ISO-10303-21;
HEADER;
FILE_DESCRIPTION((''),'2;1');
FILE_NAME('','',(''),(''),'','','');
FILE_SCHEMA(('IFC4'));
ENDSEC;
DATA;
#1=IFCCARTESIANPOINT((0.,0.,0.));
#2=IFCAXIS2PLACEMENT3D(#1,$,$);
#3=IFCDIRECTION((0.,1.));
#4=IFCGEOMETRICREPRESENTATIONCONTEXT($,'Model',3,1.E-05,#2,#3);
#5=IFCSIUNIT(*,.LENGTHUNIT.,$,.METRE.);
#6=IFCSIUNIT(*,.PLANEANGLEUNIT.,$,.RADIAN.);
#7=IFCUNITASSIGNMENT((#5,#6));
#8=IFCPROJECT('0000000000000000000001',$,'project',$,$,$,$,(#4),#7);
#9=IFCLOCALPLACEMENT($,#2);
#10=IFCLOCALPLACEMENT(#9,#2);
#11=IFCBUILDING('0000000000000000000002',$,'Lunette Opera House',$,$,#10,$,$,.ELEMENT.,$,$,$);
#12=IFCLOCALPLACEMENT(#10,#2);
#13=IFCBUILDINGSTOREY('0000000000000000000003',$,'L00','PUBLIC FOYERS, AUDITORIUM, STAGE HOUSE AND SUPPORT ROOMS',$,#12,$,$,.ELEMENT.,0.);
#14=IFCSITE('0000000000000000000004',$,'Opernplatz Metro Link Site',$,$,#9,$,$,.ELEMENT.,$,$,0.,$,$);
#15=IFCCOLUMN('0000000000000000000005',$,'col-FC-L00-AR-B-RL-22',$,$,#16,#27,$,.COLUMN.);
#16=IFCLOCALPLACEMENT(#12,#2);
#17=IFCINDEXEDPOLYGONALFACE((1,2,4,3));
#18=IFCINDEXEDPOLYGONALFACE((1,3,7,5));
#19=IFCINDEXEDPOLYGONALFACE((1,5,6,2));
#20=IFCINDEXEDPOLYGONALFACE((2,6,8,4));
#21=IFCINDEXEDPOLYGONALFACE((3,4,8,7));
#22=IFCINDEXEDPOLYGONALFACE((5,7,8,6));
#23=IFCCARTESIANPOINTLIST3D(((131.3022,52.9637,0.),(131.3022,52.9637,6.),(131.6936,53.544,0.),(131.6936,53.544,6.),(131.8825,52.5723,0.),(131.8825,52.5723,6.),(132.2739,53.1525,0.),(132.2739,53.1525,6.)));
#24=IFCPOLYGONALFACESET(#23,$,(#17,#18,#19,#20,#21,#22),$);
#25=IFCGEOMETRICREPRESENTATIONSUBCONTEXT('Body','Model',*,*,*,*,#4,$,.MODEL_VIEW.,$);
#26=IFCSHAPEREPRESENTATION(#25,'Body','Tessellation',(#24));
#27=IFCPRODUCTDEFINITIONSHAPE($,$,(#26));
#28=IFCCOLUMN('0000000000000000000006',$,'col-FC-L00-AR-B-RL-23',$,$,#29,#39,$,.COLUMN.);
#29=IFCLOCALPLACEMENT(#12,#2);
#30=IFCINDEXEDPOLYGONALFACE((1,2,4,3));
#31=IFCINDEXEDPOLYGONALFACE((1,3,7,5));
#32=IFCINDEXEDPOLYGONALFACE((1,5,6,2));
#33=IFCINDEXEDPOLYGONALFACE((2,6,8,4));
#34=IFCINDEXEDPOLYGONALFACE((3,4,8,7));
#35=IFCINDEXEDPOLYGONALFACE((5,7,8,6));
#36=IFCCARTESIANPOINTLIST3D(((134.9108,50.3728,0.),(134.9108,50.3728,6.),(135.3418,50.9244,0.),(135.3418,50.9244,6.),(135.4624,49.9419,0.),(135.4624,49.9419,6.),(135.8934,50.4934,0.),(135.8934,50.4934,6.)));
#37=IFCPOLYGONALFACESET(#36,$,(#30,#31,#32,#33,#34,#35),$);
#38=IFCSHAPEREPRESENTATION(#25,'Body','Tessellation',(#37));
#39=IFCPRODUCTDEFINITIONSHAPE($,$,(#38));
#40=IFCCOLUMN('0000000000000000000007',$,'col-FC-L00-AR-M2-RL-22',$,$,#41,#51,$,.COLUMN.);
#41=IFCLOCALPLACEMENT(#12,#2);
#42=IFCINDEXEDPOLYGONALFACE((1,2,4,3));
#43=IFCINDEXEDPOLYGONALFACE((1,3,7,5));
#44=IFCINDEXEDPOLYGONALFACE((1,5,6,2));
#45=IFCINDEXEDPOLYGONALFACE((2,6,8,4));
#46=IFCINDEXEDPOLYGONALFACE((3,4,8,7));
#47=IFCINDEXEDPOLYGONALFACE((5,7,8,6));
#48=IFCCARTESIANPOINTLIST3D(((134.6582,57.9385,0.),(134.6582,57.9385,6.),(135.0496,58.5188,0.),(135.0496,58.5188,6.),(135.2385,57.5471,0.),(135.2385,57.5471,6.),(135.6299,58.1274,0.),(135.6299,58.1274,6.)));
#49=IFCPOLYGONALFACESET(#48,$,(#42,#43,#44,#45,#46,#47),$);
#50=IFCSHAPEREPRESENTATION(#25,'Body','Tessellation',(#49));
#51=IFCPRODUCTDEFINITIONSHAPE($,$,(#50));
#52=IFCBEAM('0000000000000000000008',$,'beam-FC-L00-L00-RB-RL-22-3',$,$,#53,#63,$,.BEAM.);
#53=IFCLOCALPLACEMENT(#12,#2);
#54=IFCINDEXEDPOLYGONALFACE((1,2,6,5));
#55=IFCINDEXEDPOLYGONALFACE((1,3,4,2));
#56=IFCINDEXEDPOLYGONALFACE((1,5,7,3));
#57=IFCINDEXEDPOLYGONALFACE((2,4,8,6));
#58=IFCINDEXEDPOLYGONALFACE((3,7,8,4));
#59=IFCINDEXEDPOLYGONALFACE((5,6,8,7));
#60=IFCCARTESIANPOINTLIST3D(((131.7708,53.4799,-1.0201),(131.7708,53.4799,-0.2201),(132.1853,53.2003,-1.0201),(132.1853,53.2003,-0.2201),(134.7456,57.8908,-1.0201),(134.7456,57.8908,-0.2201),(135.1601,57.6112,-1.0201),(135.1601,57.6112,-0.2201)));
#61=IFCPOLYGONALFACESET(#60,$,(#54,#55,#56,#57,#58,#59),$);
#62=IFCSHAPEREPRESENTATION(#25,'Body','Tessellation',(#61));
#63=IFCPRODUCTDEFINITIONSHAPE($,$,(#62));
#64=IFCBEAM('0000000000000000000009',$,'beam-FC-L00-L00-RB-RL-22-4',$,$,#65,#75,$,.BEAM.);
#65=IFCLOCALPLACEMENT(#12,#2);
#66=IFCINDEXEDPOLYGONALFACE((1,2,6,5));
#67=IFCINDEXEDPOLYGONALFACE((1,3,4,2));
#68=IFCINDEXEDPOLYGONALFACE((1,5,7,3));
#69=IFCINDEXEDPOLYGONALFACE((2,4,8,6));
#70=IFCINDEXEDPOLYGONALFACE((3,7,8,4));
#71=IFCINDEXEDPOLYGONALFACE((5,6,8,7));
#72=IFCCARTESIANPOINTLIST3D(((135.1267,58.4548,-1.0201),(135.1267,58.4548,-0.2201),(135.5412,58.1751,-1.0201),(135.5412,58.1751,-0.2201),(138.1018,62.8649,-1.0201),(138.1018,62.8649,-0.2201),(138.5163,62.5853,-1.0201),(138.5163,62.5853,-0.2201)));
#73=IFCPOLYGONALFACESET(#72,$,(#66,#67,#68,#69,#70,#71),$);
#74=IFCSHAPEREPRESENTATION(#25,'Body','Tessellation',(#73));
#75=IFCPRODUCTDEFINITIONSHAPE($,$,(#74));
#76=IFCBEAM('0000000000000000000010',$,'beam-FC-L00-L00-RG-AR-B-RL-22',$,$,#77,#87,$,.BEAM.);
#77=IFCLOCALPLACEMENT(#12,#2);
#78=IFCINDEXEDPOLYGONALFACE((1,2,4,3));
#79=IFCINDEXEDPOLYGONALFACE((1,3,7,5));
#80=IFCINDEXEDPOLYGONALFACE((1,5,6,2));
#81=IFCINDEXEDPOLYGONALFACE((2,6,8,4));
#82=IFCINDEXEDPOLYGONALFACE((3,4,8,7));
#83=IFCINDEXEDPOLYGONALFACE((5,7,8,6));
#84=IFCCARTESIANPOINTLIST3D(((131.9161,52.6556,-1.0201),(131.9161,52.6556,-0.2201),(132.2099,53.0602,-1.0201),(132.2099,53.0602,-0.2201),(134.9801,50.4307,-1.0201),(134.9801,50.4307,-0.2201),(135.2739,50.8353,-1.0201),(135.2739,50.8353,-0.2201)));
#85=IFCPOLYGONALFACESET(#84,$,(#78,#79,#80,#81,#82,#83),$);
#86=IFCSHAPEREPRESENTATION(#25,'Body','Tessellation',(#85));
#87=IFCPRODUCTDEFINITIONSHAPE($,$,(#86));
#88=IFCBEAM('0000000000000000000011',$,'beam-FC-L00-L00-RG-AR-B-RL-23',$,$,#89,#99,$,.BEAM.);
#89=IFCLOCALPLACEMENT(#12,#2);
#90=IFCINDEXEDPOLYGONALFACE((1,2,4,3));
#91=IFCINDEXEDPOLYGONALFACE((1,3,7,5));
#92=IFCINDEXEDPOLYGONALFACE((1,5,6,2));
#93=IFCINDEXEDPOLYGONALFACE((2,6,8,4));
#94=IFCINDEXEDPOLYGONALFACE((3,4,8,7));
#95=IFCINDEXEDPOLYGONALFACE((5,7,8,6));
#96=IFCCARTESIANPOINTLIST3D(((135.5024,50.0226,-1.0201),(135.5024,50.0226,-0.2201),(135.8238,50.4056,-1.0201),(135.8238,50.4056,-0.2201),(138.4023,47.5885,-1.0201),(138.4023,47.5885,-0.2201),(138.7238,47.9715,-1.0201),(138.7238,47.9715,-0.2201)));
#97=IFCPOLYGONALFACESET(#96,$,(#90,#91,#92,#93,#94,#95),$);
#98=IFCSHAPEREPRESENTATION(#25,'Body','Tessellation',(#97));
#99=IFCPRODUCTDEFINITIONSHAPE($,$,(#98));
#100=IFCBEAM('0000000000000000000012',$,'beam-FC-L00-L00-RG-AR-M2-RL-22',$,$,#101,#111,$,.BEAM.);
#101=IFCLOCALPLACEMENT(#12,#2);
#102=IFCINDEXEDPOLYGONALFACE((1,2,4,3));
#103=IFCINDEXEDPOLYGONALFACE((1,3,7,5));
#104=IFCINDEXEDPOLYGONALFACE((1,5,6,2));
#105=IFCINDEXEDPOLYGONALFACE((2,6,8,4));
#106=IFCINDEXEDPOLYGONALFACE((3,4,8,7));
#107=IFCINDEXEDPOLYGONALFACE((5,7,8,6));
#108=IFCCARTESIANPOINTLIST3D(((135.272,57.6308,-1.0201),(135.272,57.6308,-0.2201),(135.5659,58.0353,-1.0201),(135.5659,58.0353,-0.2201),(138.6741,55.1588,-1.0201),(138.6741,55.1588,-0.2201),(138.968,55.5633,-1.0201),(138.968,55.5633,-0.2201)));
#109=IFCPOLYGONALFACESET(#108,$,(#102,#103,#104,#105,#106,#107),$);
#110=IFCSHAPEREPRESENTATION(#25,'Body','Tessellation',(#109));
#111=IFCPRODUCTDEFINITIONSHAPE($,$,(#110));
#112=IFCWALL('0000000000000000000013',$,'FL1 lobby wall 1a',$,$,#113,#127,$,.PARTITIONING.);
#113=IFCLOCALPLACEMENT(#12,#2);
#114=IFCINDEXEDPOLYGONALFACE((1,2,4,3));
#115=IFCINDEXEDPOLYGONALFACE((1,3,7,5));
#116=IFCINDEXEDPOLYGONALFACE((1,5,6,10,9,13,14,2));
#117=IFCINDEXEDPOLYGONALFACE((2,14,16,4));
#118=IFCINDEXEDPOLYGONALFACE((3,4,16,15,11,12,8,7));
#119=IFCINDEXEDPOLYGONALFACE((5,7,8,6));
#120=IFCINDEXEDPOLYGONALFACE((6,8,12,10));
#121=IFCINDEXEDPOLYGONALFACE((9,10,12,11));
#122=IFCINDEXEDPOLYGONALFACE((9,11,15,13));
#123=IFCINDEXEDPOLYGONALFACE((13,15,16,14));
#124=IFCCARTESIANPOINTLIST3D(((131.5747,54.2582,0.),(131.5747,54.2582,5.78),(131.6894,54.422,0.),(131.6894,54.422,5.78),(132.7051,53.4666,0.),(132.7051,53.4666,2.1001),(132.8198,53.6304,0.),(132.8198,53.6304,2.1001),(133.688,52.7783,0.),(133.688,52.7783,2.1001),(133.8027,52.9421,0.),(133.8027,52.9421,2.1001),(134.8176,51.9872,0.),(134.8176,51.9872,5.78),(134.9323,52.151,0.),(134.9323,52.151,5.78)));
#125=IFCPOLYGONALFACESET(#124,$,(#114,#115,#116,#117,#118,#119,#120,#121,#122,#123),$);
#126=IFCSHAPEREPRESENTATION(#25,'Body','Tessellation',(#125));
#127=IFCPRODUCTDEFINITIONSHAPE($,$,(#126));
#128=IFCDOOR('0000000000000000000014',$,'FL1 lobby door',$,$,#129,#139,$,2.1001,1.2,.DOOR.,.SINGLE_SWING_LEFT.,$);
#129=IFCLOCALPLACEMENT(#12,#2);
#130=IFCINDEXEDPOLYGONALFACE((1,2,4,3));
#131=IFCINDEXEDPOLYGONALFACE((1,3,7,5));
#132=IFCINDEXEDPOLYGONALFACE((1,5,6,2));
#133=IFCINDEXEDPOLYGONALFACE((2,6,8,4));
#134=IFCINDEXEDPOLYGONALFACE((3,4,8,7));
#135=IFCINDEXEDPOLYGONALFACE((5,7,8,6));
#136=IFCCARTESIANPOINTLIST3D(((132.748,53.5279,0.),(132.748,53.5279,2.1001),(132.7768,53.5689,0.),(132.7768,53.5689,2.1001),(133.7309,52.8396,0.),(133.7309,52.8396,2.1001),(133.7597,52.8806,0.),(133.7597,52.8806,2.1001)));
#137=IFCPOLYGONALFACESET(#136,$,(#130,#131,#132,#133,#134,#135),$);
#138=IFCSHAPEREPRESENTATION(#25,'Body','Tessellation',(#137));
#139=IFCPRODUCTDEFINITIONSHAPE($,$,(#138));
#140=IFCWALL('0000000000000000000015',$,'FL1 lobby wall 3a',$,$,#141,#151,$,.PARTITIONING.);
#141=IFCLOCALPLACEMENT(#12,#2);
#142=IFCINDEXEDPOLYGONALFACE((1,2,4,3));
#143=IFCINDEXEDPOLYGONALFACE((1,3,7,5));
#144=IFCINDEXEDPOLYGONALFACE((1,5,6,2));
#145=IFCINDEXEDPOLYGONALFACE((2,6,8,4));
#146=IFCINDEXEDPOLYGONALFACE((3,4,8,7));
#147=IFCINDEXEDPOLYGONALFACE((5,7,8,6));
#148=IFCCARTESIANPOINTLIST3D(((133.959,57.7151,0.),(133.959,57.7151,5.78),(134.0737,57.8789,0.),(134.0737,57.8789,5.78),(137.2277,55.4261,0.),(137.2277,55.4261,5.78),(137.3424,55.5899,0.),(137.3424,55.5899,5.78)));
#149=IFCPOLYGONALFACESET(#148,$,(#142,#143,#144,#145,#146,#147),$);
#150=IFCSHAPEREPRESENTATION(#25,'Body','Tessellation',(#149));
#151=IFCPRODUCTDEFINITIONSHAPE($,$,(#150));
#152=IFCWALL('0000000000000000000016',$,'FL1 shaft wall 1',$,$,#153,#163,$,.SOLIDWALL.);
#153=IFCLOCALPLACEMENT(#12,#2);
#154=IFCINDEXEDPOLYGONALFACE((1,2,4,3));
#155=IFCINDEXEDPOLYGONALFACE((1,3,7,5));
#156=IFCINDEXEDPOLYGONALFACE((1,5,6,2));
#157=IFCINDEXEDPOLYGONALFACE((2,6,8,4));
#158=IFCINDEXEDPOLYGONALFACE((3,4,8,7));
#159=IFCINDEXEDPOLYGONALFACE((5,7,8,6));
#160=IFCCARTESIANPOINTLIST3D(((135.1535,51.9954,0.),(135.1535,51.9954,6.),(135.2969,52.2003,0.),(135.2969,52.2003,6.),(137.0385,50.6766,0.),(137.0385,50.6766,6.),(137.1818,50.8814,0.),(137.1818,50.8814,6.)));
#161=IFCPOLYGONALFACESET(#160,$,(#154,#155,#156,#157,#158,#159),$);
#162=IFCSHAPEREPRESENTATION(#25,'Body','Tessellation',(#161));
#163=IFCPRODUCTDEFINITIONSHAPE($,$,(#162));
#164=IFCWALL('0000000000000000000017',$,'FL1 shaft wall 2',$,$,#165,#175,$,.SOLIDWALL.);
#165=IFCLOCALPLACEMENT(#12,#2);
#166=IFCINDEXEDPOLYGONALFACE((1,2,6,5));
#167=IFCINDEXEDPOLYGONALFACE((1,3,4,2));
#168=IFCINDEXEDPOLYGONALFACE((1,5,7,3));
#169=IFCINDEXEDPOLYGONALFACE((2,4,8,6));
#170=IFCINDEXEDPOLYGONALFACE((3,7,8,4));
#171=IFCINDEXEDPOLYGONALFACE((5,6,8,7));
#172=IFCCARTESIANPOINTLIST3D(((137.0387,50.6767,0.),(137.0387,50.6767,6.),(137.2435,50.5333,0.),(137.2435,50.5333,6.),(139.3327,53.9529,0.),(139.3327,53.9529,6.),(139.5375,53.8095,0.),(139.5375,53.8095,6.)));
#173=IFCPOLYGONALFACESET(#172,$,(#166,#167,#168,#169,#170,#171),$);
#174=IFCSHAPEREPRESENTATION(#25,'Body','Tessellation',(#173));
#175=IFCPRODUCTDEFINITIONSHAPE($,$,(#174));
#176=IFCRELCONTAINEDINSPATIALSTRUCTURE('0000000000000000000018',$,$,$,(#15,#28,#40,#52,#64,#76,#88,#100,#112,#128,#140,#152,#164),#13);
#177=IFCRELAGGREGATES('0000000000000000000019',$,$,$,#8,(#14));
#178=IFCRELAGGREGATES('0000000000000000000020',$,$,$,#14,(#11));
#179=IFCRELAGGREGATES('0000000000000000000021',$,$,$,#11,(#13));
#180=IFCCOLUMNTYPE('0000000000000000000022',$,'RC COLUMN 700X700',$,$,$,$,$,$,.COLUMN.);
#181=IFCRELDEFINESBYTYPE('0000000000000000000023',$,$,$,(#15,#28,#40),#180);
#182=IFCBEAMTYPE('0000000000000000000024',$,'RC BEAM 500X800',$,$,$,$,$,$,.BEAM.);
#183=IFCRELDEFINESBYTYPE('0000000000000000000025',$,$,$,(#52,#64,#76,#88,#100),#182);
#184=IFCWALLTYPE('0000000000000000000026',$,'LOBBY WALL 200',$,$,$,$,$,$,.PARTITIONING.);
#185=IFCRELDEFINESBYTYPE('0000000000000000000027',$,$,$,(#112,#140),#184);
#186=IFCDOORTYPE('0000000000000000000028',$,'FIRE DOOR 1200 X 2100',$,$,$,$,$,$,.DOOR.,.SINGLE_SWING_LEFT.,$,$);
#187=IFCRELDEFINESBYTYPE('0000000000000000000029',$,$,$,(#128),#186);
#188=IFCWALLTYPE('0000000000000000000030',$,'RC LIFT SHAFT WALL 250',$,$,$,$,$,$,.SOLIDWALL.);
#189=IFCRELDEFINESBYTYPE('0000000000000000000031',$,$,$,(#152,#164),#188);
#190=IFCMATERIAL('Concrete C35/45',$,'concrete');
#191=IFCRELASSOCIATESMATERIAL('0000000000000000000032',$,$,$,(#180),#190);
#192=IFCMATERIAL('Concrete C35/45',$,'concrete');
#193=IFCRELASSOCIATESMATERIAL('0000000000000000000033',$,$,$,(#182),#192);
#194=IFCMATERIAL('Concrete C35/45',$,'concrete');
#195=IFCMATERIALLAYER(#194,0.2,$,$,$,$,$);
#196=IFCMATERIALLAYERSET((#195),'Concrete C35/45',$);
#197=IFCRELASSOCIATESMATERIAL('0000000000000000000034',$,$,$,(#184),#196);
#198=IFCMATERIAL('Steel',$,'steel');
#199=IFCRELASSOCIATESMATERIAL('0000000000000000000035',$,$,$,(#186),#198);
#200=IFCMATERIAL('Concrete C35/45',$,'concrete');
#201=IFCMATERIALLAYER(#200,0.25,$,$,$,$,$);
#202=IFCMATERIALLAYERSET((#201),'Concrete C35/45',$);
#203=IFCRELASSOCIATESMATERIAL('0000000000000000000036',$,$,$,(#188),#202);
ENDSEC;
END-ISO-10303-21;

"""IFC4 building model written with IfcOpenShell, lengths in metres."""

from ifc_helpers import new_model, si_unit, direction, frame, frame_2d, origin, origin_2d, place, context, subcontext, project, spatial, rectangle, extrude, material, layer, layer_set, material_profile, profile_set, type_object, element, fill, save


model = new_model("IFC4")

# Units and contexts
model_context = context("Model", 3, precision=1e-05, world=origin(), true_north=direction((0.0, 1.0)))
body_context = subcontext(model_context, "Body", "Model", "MODEL_VIEW")
ifc_project = project(units=[si_unit("LENGTHUNIT", "METRE"), si_unit("PLANEANGLEUNIT", "RADIAN")], contexts=[model_context])

# Site, building, storey
site_placement = place(None, origin())
site = spatial("IfcSite", under=ifc_project, at=site_placement, Name="Opernplatz Metro Link Site", CompositionType="ELEMENT", RefElevation=0.0)
building_placement = place(site_placement, origin())
building = spatial("IfcBuilding", under=site, at=building_placement, Name="Lunette Opera House", CompositionType="ELEMENT")
storey_placement = place(building_placement, origin())
storey = spatial("IfcBuildingStorey", under=building, at=storey_placement, Name="L00", Description="PUBLIC FOYERS, AUDITORIUM, STAGE HOUSE AND SUPPORT ROOMS", CompositionType="ELEMENT", Elevation=0.0)

# Columns
ifc_material_1 = material(Name="Concrete C35/45", Category="concrete")
ifc_material_profile_1 = material_profile(ifc_material_1, rectangle(XDim=0.7, YDim=0.7, at=origin_2d()), Name="RC COLUMN 700X700")
ifc_profile_set_1 = profile_set([ifc_material_profile_1], Name="Concrete C35/45")
column_type = type_object("IfcColumnType", Name="RC COLUMN 700X700", PredefinedType="COLUMN", material=ifc_profile_set_1)
for number, where, z_axis, x_axis, name in (
    (1, (131.7881, 53.0581, 0.0), (0.0, 0.0, 1.0), (0.829038, -0.559193, 0.0), "col-FC-L00-AR-B-RL-22"),
    (2, (135.4021, 50.4331, 0.0), (0.0, 0.0, 1.0), (0.788011, -0.615661, 0.0), "col-FC-L00-AR-B-RL-23"),
    (3, (135.144, 58.033, 0.0), (0.0, 0.0, 1.0), (0.829038, -0.559193, 0.0), "col-FC-L00-AR-M2-RL-22"),
):
    element("IfcColumn", number, at=place(storey_placement, frame(where, z_axis=z_axis, x_axis=x_axis)), inside=storey, type_object=column_type, Name=name, PredefinedType="COLUMN", context=body_context, shape_type="SweptSolid", body=[
        extrude(rectangle(XDim=0.7, YDim=0.7, at=origin_2d()), origin(), (0.0, 0.0, 1.0), 6.0),
    ])

# Beams
ifc_material_2 = material(Name="Concrete C35/45", Category="concrete")
ifc_material_profile_2 = material_profile(ifc_material_2, rectangle(XDim=0.5, YDim=0.8, at=origin_2d()), Name="RC BEAM 500X800")
ifc_profile_set_2 = profile_set([ifc_material_profile_2], Name="Concrete C35/45")
beam_type = type_object("IfcBeamType", Name="RC BEAM 500X800", PredefinedType="BEAM", material=ifc_profile_set_2)
beam_1_placement = place(storey_placement, frame((131.978, 53.3401, -0.6201), z_axis=(0.55915, 0.829066, 0.0), x_axis=(-0.829066, 0.55915, 0.0)))
element("IfcBeam", 4, at=beam_1_placement, inside=storey, type_object=beam_type, Name="beam-FC-L00-L00-RB-RL-22-3", PredefinedType="BEAM", context=body_context, shape_type="SweptSolid", body=[
    extrude(rectangle(XDim=0.5, YDim=0.8, at=origin_2d()), origin(), (0.0, 0.0, 1.0), 5.3203),
])
beam_2_placement = place(storey_placement, frame((135.334, 58.3149, -0.6201), z_axis=(0.559246, 0.829002, 0.0), x_axis=(-0.829002, 0.559246, 0.0)))
element("IfcBeam", 5, at=beam_2_placement, inside=storey, type_object=beam_type, Name="beam-FC-L00-L00-RB-RL-22-4", PredefinedType="BEAM", context=body_context, shape_type="SweptSolid", body=[
    extrude(rectangle(XDim=0.5, YDim=0.8, at=origin_2d()), origin(), (0.0, 0.0, 1.0), 5.3198),
])
beam_3_placement = place(storey_placement, frame((132.063, 52.8579, -0.6201), z_axis=(0.809174, -0.58757, 0.0), x_axis=(0.58757, 0.809174, 0.0)))
element("IfcBeam", 6, at=beam_3_placement, inside=storey, type_object=beam_type, Name="beam-FC-L00-L00-RG-AR-B-RL-22", PredefinedType="BEAM", context=body_context, shape_type="SweptSolid", body=[
    extrude(rectangle(XDim=0.5, YDim=0.8, at=origin_2d()), origin(), (0.0, 0.0, 1.0), 3.7866),
])
beam_4_placement = place(storey_placement, frame((135.6631, 50.2141, -0.6201), z_axis=(0.765944, -0.642908, 0.0), x_axis=(0.642908, 0.765944, 0.0)))
element("IfcBeam", 7, at=beam_4_placement, inside=storey, type_object=beam_type, Name="beam-FC-L00-L00-RG-AR-B-RL-23", PredefinedType="BEAM", context=body_context, shape_type="SweptSolid", body=[
    extrude(rectangle(XDim=0.5, YDim=0.8, at=origin_2d()), origin(), (0.0, 0.0, 1.0), 3.7861),
])
beam_5_placement = place(storey_placement, frame((135.4189, 57.833, -0.6201), z_axis=(0.809, -0.587809, 0.0), x_axis=(0.587809, 0.809, 0.0)))
element("IfcBeam", 8, at=beam_5_placement, inside=storey, type_object=beam_type, Name="beam-FC-L00-L00-RG-AR-M2-RL-22", PredefinedType="BEAM", context=body_context, shape_type="SweptSolid", body=[
    extrude(rectangle(XDim=0.5, YDim=0.8, at=origin_2d()), origin(), (0.0, 0.0, 1.0), 4.2053),
])

# Wall, opening, door
ifc_material_3 = material(Name="Concrete C35/45", Category="concrete")
ifc_layer_1 = layer(ifc_material_3, 0.2)
ifc_layer_set_1 = layer_set([ifc_layer_1], Name="Concrete C35/45")
wall_type_1 = type_object("IfcWallType", Name="LOBBY WALL 200", PredefinedType="PARTITIONING", material=ifc_layer_set_1)
wall_1_placement = place(storey_placement, frame((131.6321, 54.3401, 0.0), z_axis=(0.0, 0.0, 1.0), x_axis=(0.819119, -0.573624, 0.0)))
wall_1 = element("IfcWall", 9, at=wall_1_placement, inside=storey, type_object=wall_type_1, Name="FL1 lobby wall 1a", PredefinedType="PARTITIONING", context=body_context, shape_type="SweptSolid", body=[
    extrude(rectangle(XDim=3.959, YDim=0.2, at=frame_2d((1.9795, 0.0))), origin(), (0.0, 0.0, 1.0), 5.78),
])
opening_1_placement = place(wall_1_placement, frame((1.3799, 0.0, 0.0)))
opening_1 = element("IfcOpeningElement", 10, at=opening_1_placement, cuts=wall_1, PredefinedType="OPENING", context=body_context, shape_type="SweptSolid", body=[
    extrude(rectangle(XDim=1.2, YDim=2.1001, at=frame_2d((0.6001, 1.05))), frame((0.0, 0.1121, 0.0), z_axis=(0.0, -1.0, 0.0), x_axis=(1.0, 0.0, 0.0)), (0.0, 0.0, 1.0), 0.2239),
])
ifc_material_4 = material(Name="Steel", Category="steel")
door_type_1 = type_object("IfcDoorType", Name="FIRE DOOR 1200 X 2100", OperationType="SINGLE_SWING_LEFT", PredefinedType="DOOR", material=ifc_material_4)
door_1_placement = place(opening_1_placement, origin())
door_1 = element("IfcDoor", 11, at=door_1_placement, inside=storey, type_object=door_type_1, Name="FL1 lobby door", OperationType="SINGLE_SWING_LEFT", OverallHeight=2.1001, OverallWidth=1.2, PredefinedType="DOOR", context=body_context, shape_type="SweptSolid", body=[
    extrude(rectangle(XDim=1.2, YDim=2.1001, at=frame_2d((0.6001, 1.05))), frame((0.0, 0.0249, 0.0), z_axis=(0.0, -1.0, 0.0), x_axis=(1.0, 0.0, 0.0)), (0.0, 0.0, 1.0), 0.05),
])
fill(opening_1, door_1)

# Walls
wall_2_placement = place(storey_placement, frame((137.2849, 55.5081, 0.0), z_axis=(0.0, 0.0, 1.0), x_axis=(-0.819126, 0.573614, 0.0)))
element("IfcWall", 12, at=wall_2_placement, inside=storey, type_object=wall_type_1, Name="FL1 lobby wall 3a", PredefinedType="PARTITIONING", context=body_context, shape_type="SweptSolid", body=[
    extrude(rectangle(XDim=3.9905, YDim=0.2, at=frame_2d((1.9951, 0.0))), origin(), (0.0, 0.0, 1.0), 5.78),
])
ifc_material_5 = material(Name="Concrete C35/45", Category="concrete")
ifc_layer_2 = layer(ifc_material_5, 0.25)
ifc_layer_set_2 = layer_set([ifc_layer_2], Name="Concrete C35/45")
wall_type_2 = type_object("IfcWallType", Name="RC LIFT SHAFT WALL 250", PredefinedType="SOLIDWALL", material=ifc_layer_set_2)
wall_3_placement = place(storey_placement, frame((135.2251, 52.0979, 0.0), z_axis=(0.0, 0.0, 1.0), x_axis=(0.819367, -0.57327, 0.0)))
element("IfcWall", 13, at=wall_3_placement, inside=storey, type_object=wall_type_2, Name="FL1 shaft wall 1", PredefinedType="SOLIDWALL", context=body_context, shape_type="SweptSolid", body=[
    extrude(rectangle(XDim=2.3005, YDim=0.25, at=frame_2d((1.1504, 0.0))), origin(), (0.0, 0.0, 1.0), 6.0),
])
wall_4_placement = place(storey_placement, frame((137.1411, 50.605, 0.0), z_axis=(0.0, 0.0, 1.0), x_axis=(0.573573, 0.819154, 0.0)))
element("IfcWall", 14, at=wall_4_placement, inside=storey, type_object=wall_type_2, Name="FL1 shaft wall 2", PredefinedType="SOLIDWALL", context=body_context, shape_type="SweptSolid", body=[
    extrude(rectangle(XDim=3.9995, YDim=0.25, at=frame_2d((1.9998, 0.0))), origin(), (0.0, 0.0, 1.0), 6.0),
])

save(model, "model.ifc")
